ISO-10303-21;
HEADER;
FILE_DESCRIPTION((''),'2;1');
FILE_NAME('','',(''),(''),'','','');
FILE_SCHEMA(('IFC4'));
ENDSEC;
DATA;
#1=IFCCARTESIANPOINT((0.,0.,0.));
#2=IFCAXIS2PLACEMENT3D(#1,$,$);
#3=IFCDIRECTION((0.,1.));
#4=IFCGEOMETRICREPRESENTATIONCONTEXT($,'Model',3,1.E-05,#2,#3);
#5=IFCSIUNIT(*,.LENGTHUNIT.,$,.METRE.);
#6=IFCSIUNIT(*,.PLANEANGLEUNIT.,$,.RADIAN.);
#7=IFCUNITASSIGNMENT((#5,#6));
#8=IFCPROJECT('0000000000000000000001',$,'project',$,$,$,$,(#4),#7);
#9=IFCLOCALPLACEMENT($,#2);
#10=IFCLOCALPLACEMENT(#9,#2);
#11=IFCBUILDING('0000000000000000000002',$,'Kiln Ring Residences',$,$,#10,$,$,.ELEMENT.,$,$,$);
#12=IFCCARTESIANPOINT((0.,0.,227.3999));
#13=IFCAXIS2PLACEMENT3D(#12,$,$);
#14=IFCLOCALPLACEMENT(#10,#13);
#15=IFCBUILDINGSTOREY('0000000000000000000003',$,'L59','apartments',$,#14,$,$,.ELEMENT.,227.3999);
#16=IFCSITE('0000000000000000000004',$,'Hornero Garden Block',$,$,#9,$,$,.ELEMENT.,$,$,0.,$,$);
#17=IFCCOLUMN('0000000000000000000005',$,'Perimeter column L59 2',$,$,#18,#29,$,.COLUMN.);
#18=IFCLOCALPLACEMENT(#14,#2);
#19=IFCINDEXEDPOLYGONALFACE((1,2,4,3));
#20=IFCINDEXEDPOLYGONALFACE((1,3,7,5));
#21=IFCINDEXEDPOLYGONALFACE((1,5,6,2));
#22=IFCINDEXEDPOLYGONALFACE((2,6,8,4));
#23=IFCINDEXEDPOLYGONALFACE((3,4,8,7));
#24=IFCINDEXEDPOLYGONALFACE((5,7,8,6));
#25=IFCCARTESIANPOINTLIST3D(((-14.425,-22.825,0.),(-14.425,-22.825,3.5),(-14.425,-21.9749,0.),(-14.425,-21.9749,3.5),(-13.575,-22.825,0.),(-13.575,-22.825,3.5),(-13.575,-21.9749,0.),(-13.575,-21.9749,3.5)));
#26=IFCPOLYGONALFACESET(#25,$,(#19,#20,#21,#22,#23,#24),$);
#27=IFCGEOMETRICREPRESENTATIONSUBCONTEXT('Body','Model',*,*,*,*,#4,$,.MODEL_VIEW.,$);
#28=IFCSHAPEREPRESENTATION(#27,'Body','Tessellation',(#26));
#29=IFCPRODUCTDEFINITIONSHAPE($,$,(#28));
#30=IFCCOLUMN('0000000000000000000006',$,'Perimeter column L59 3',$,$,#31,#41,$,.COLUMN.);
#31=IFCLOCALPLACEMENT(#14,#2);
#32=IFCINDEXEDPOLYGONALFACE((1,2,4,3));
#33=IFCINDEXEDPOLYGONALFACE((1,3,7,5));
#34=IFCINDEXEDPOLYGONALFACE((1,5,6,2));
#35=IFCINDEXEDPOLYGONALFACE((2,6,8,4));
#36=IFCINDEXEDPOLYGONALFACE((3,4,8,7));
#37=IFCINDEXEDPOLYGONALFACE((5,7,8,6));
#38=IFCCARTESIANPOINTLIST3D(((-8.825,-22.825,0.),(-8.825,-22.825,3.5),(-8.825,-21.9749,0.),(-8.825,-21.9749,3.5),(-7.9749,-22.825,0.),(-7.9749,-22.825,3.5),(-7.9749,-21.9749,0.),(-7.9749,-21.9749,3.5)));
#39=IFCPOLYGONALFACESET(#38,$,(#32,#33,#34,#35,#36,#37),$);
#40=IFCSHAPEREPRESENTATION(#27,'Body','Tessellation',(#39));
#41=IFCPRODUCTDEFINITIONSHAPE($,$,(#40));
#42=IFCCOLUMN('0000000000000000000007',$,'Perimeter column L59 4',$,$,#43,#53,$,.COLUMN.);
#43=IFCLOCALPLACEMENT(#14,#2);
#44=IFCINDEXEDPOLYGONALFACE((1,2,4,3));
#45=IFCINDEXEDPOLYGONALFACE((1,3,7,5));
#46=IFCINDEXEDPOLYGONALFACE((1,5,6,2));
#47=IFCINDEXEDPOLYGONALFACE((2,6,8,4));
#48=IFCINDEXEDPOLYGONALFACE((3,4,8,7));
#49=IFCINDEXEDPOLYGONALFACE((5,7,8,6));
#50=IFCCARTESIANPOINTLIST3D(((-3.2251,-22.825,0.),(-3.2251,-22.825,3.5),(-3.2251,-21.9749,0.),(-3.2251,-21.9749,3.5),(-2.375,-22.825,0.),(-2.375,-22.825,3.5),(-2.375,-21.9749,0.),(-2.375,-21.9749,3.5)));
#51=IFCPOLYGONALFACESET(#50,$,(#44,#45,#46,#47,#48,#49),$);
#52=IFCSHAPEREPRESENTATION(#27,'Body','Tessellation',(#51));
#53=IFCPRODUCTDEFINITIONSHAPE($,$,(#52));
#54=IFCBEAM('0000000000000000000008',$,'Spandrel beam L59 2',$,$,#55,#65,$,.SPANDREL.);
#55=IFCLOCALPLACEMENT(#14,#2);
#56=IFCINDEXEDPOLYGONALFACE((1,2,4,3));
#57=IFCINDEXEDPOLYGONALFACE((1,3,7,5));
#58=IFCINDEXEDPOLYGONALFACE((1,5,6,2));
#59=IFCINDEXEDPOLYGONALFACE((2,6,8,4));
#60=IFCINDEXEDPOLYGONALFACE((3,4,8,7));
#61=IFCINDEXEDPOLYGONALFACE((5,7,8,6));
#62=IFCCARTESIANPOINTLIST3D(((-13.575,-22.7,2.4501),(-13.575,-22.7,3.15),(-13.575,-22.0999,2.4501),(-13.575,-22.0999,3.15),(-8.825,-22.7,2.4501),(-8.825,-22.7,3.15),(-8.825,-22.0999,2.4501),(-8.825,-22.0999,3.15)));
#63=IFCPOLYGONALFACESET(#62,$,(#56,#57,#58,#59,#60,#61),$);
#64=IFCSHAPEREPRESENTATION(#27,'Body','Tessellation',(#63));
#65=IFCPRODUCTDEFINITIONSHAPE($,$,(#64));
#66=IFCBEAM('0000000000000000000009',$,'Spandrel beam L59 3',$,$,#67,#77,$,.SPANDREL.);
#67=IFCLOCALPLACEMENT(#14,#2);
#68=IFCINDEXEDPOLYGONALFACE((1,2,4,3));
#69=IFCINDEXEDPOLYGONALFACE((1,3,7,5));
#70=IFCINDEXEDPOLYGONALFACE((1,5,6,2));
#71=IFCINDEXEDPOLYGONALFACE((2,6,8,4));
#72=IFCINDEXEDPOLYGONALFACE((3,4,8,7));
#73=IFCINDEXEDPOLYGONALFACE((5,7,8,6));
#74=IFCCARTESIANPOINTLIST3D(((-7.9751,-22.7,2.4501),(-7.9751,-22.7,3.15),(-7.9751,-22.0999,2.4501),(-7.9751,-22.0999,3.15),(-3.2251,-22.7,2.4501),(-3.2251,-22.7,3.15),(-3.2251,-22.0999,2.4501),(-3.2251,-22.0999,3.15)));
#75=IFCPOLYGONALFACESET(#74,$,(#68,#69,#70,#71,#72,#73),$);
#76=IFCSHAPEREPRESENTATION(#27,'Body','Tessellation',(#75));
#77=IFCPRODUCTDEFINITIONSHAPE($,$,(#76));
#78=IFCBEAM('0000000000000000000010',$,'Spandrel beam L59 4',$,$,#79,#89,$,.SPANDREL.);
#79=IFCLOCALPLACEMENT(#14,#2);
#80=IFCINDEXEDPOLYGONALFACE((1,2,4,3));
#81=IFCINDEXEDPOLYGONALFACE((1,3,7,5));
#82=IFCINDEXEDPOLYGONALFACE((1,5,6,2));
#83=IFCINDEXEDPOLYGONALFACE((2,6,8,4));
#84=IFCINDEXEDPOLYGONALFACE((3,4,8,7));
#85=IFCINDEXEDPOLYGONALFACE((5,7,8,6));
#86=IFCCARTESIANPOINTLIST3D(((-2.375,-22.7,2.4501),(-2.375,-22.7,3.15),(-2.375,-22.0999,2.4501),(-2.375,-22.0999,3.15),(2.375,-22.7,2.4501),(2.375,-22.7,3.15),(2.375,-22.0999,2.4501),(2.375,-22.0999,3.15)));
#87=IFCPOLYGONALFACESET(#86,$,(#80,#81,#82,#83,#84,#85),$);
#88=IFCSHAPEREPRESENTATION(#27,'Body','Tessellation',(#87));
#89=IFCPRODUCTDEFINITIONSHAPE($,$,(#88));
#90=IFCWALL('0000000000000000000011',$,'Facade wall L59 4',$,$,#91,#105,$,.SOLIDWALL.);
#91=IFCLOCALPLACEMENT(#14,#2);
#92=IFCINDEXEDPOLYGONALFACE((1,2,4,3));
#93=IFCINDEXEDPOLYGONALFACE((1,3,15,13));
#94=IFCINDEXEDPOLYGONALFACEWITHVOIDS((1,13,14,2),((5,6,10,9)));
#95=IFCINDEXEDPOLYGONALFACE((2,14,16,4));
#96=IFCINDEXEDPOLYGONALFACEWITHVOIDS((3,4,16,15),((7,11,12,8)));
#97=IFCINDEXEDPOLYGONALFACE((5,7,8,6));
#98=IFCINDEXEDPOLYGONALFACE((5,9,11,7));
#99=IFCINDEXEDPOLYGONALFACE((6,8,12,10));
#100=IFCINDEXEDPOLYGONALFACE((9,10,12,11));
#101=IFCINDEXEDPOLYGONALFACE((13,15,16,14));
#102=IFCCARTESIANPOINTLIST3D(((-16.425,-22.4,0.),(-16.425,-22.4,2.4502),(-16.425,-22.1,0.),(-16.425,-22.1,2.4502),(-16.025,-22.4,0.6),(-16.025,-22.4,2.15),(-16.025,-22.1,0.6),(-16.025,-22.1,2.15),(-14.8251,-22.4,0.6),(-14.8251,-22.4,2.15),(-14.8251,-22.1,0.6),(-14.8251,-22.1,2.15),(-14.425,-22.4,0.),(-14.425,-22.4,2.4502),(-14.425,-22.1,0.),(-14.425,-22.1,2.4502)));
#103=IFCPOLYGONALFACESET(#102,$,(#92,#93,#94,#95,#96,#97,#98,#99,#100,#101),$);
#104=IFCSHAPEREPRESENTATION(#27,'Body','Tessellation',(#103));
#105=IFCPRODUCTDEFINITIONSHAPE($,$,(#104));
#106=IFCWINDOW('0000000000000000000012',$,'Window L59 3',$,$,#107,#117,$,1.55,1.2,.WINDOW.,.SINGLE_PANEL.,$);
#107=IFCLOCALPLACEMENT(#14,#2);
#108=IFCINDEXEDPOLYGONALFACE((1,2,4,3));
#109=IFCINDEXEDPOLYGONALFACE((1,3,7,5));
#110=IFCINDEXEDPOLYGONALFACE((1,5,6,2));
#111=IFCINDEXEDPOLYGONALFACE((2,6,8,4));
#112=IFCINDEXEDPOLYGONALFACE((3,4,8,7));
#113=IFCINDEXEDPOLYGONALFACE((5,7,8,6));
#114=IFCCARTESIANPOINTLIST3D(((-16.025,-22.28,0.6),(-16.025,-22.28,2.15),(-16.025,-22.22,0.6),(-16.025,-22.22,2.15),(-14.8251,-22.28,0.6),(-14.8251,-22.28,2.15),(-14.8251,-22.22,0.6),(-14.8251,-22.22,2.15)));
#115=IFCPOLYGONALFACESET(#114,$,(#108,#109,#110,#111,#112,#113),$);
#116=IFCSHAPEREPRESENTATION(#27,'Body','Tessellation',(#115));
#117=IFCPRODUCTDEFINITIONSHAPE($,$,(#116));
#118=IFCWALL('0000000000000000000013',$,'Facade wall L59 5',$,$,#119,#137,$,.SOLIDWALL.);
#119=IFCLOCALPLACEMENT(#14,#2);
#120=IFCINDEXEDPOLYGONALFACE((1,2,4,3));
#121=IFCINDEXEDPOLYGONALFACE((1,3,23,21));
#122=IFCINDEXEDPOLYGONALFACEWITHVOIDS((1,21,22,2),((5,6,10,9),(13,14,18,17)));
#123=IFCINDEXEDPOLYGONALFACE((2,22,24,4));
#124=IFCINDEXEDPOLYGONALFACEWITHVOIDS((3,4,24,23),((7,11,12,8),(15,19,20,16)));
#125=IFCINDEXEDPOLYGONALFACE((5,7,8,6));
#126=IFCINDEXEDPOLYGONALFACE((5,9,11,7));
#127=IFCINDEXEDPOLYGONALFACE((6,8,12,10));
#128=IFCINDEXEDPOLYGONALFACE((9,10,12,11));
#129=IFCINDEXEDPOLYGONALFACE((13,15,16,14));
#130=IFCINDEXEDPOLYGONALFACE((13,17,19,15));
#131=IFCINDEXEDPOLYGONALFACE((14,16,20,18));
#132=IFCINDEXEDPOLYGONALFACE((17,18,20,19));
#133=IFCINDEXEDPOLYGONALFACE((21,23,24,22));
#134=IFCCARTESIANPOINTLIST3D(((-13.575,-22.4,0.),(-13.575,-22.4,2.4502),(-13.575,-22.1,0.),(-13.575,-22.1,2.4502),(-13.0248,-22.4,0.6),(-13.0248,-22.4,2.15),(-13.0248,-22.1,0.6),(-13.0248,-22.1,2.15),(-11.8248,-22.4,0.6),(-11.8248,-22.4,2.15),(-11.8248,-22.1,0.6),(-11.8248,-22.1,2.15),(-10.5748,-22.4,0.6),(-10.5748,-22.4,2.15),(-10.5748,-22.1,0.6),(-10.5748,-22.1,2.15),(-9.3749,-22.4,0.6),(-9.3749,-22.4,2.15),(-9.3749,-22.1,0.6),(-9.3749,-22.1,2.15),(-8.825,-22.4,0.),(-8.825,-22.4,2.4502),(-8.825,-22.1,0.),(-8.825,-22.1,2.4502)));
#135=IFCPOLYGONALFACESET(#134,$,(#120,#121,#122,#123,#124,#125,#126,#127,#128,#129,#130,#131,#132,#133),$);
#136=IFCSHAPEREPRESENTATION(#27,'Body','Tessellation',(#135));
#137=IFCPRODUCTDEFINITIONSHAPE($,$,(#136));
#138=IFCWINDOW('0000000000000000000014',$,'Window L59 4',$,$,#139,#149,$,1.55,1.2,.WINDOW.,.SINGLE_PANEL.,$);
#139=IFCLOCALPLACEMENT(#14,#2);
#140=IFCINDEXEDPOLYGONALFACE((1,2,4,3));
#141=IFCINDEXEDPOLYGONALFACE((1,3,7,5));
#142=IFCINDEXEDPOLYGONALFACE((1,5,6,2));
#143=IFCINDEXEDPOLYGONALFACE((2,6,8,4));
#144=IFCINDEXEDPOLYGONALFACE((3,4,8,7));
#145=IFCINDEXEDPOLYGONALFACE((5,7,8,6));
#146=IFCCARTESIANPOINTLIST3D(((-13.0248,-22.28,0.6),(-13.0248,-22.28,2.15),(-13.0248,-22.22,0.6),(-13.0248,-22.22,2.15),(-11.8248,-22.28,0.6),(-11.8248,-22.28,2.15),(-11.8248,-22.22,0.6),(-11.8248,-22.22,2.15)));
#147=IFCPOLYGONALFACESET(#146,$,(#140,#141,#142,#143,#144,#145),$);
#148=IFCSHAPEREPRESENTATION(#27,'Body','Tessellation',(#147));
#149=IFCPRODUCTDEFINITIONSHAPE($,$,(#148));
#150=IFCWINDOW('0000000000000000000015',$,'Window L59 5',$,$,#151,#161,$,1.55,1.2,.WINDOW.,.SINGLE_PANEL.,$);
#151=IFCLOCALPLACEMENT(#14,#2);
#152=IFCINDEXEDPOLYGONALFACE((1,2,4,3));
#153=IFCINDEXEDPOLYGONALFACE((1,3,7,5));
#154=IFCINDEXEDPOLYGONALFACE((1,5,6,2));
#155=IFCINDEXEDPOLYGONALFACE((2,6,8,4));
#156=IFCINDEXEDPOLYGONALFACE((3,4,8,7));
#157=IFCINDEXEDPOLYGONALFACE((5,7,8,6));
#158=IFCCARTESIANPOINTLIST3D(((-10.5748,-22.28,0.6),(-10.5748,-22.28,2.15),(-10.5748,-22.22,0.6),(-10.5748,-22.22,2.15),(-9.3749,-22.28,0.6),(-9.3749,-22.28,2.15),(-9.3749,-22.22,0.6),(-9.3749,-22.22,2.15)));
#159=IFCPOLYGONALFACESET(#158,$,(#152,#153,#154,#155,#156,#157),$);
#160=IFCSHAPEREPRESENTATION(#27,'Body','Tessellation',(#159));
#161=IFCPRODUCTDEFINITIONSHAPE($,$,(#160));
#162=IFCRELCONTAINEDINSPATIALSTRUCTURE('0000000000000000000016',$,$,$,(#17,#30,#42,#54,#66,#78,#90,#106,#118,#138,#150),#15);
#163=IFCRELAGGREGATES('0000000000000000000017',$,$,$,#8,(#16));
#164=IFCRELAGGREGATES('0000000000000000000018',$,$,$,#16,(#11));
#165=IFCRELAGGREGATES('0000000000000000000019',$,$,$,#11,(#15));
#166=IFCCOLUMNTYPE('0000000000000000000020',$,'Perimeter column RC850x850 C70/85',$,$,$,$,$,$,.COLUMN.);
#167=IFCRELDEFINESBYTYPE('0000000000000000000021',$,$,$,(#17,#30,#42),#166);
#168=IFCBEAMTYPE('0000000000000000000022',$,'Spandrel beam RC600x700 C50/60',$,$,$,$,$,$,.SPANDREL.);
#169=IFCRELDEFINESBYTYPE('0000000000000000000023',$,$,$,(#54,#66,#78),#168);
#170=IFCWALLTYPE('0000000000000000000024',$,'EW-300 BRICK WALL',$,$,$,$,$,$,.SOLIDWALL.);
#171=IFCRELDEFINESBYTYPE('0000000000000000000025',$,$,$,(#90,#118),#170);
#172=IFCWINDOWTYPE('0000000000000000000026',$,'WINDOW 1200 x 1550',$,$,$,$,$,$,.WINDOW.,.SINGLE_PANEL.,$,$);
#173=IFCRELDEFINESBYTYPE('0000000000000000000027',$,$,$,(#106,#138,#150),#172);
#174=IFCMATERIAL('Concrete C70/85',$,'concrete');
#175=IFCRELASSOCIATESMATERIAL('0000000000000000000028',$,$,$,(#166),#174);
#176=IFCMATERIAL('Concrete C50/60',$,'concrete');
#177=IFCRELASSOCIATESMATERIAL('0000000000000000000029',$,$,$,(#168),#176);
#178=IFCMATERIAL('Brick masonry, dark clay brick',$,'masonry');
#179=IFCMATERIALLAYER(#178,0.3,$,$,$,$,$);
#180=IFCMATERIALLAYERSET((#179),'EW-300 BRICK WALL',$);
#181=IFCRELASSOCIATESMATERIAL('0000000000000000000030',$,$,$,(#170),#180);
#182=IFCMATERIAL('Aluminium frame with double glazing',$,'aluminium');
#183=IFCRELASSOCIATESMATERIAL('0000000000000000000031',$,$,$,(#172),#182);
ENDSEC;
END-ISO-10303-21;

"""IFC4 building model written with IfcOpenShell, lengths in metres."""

from ifc_helpers import new_model, si_unit, direction, frame, frame_2d, origin, origin_2d, place, context, subcontext, project, spatial, rectangle, extrude, material, layer, layer_set, material_profile, profile_set, type_object, element, fill, save


model = new_model("IFC4")

# Units and contexts
model_context = context("Model", 3, precision=1e-05, world=origin(), true_north=direction((0.0, 1.0)))
body_context = subcontext(model_context, "Body", "Model", "MODEL_VIEW")
ifc_project = project(units=[si_unit("LENGTHUNIT", "METRE"), si_unit("PLANEANGLEUNIT", "RADIAN")], contexts=[model_context])

# Site, building, storey
site_placement = place(None, origin())
site = spatial("IfcSite", under=ifc_project, at=site_placement, Name="Hornero Garden Block", CompositionType="ELEMENT", RefElevation=0.0)
building_placement = place(site_placement, origin())
building = spatial("IfcBuilding", under=site, at=building_placement, Name="Kiln Ring Residences", CompositionType="ELEMENT")
storey_placement = place(building_placement, frame((0.0, 0.0, 227.3999)))
storey = spatial("IfcBuildingStorey", under=building, at=storey_placement, Name="L59", Description="apartments", CompositionType="ELEMENT", Elevation=227.3999)

# Columns
ifc_material_1 = material(Name="Concrete C70/85", Category="concrete")
ifc_material_profile_1 = material_profile(ifc_material_1, rectangle(XDim=0.8501, YDim=0.8501, at=origin_2d()), Name="RC850x850")
ifc_profile_set_1 = profile_set([ifc_material_profile_1], Name="Concrete C70/85")
column_type = type_object("IfcColumnType", Name="Perimeter column RC850x850 C70/85", PredefinedType="COLUMN", material=ifc_profile_set_1)
for number, where, z_axis, x_axis, name in (
    (1, (-14.0, -22.3999, 0.0), (0.0, 0.0, 1.0), (1.0, 0.0, 0.0), "Perimeter column L59 2"),
    (2, (-8.3999, -22.3999, 0.0), (0.0, 0.0, 1.0), (1.0, 0.0, 0.0), "Perimeter column L59 3"),
    (3, (-2.8, -22.3999, 0.0), (0.0, 0.0, 1.0), (1.0, 0.0, 0.0), "Perimeter column L59 4"),
):
    element("IfcColumn", number, at=place(storey_placement, frame(where, z_axis=z_axis, x_axis=x_axis)), inside=storey, type_object=column_type, Name=name, PredefinedType="COLUMN", context=body_context, shape_type="SweptSolid", body=[
        extrude(rectangle(XDim=0.8501, YDim=0.8501, at=origin_2d()), origin(), (0.0, 0.0, 1.0), 3.5),
    ])

# Beams
ifc_material_2 = material(Name="Concrete C50/60", Category="concrete")
ifc_material_profile_2 = material_profile(ifc_material_2, rectangle(XDim=0.6001, YDim=0.7, at=origin_2d()), Name="RC600x700")
ifc_profile_set_2 = profile_set([ifc_material_profile_2], Name="Concrete C50/60")
beam_type = type_object("IfcBeamType", Name="Spandrel beam RC600x700 C50/60", PredefinedType="SPANDREL", material=ifc_profile_set_2)
for number, where, z_axis, x_axis, name in (
    (4, (-13.575, -22.3999, 2.8), (1.0, 0.0, 0.0), (0.0, 1.0, 0.0), "Spandrel beam L59 2"),
    (5, (-7.9751, -22.3999, 2.8), (1.0, 0.0, 0.0), (0.0, 1.0, 0.0), "Spandrel beam L59 3"),
    (6, (-2.375, -22.3999, 2.8), (1.0, 0.0, 0.0), (0.0, 1.0, 0.0), "Spandrel beam L59 4"),
):
    element("IfcBeam", number, at=place(storey_placement, frame(where, z_axis=z_axis, x_axis=x_axis)), inside=storey, type_object=beam_type, Name=name, PredefinedType="SPANDREL", context=body_context, shape_type="SweptSolid", body=[
        extrude(rectangle(XDim=0.6001, YDim=0.7, at=origin_2d()), origin(), (0.0, 0.0, 1.0), 4.75),
    ])

# Wall, opening, window
ifc_material_3 = material(Name="Brick masonry, dark clay brick", Category="masonry")
ifc_layer_1 = layer(ifc_material_3, 0.3)
ifc_layer_set_1 = layer_set([ifc_layer_1], Name="EW-300 BRICK WALL")
wall_type_1 = type_object("IfcWallType", Name="EW-300 BRICK WALL", PredefinedType="SOLIDWALL", material=ifc_layer_set_1)
wall_1_placement = place(storey_placement, frame((-16.425, -22.25, 0.0), z_axis=(0.0, 0.0, 1.0), x_axis=(1.0, 0.0, 0.0)))
wall_1 = element("IfcWall", 7, at=wall_1_placement, inside=storey, type_object=wall_type_1, Name="Facade wall L59 4", PredefinedType="SOLIDWALL", context=body_context, shape_type="SweptSolid", body=[
    extrude(rectangle(XDim=2.0, YDim=0.3, at=frame_2d((1.0, 0.0))), origin(), (0.0, 0.0, 1.0), 2.4502),
])
opening_1_placement = place(wall_1_placement, frame((0.3999, 0.0, 0.6001)))
opening_1 = element("IfcOpeningElement", 8, at=opening_1_placement, cuts=wall_1, PredefinedType="OPENING", context=body_context, shape_type="SweptSolid", body=[
    extrude(rectangle(XDim=1.2, YDim=1.55, at=frame_2d((0.6001, 0.7749))), frame((0.0, 0.1599, 0.0), z_axis=(0.0, -1.0, 0.0), x_axis=(1.0, 0.0, 0.0)), (0.0, 0.0, 1.0), 0.3201),
])
ifc_material_4 = material(Name="Aluminium frame with double glazing", Category="aluminium")
window_type_1 = type_object("IfcWindowType", Name="WINDOW 1200 x 1550", PartitioningType="SINGLE_PANEL", PredefinedType="WINDOW", material=ifc_material_4)
window_1_placement = place(opening_1_placement, origin())
window_1 = element("IfcWindow", 9, at=window_1_placement, inside=storey, type_object=window_type_1, Name="Window L59 3", OverallHeight=1.55, OverallWidth=1.2, PartitioningType="SINGLE_PANEL", PredefinedType="WINDOW", context=body_context, shape_type="SweptSolid", body=[
    extrude(rectangle(XDim=1.2, YDim=1.55, at=frame_2d((0.6001, 0.7749))), frame((0.0, 0.03, 0.0), z_axis=(0.0, -1.0, 0.0), x_axis=(1.0, 0.0, 0.0)), (0.0, 0.0, 1.0), 0.0601),
])
fill(opening_1, window_1)

# Wall, openings, windows
wall_2_placement = place(storey_placement, frame((-13.575, -22.25, 0.0), z_axis=(0.0, 0.0, 1.0), x_axis=(1.0, 0.0, 0.0)))
wall_2 = element("IfcWall", 10, at=wall_2_placement, inside=storey, type_object=wall_type_1, Name="Facade wall L59 5", PredefinedType="SOLIDWALL", context=body_context, shape_type="SweptSolid", body=[
    extrude(rectangle(XDim=4.75, YDim=0.3, at=frame_2d((2.375, 0.0))), origin(), (0.0, 0.0, 1.0), 2.4502),
])
opening_2_placement = place(wall_2_placement, frame((0.55, 0.0, 0.6001)))
opening_2 = element("IfcOpeningElement", 11, at=opening_2_placement, cuts=wall_2, PredefinedType="OPENING", context=body_context, shape_type="SweptSolid", body=[
    extrude(rectangle(XDim=1.2, YDim=1.55, at=frame_2d((0.6001, 0.7749))), frame((0.0, 0.1599, 0.0), z_axis=(0.0, -1.0, 0.0), x_axis=(1.0, 0.0, 0.0)), (0.0, 0.0, 1.0), 0.3201),
])
opening_3_placement = place(wall_2_placement, frame((3.0, 0.0, 0.6001)))
opening_3 = element("IfcOpeningElement", 12, at=opening_3_placement, cuts=wall_2, PredefinedType="OPENING", context=body_context, shape_type="SweptSolid", body=[
    extrude(rectangle(XDim=1.2, YDim=1.55, at=frame_2d((0.6001, 0.7749))), frame((0.0, 0.1599, 0.0), z_axis=(0.0, -1.0, 0.0), x_axis=(1.0, 0.0, 0.0)), (0.0, 0.0, 1.0), 0.3201),
])
window_2_placement = place(opening_2_placement, origin())
window_2 = element("IfcWindow", 13, at=window_2_placement, inside=storey, type_object=window_type_1, Name="Window L59 4", OverallHeight=1.55, OverallWidth=1.2, PartitioningType="SINGLE_PANEL", PredefinedType="WINDOW", context=body_context, shape_type="SweptSolid", body=[
    extrude(rectangle(XDim=1.2, YDim=1.55, at=frame_2d((0.6001, 0.7749))), frame((0.0, 0.03, 0.0), z_axis=(0.0, -1.0, 0.0), x_axis=(1.0, 0.0, 0.0)), (0.0, 0.0, 1.0), 0.0601),
])
fill(opening_2, window_2)
window_3_placement = place(opening_3_placement, origin())
window_3 = element("IfcWindow", 14, at=window_3_placement, inside=storey, type_object=window_type_1, Name="Window L59 5", OverallHeight=1.55, OverallWidth=1.2, PartitioningType="SINGLE_PANEL", PredefinedType="WINDOW", context=body_context, shape_type="SweptSolid", body=[
    extrude(rectangle(XDim=1.2, YDim=1.55, at=frame_2d((0.6001, 0.7749))), frame((0.0, 0.03, 0.0), z_axis=(0.0, -1.0, 0.0), x_axis=(1.0, 0.0, 0.0)), (0.0, 0.0, 1.0), 0.0601),
])
fill(opening_3, window_3)

save(model, "model.ifc")
